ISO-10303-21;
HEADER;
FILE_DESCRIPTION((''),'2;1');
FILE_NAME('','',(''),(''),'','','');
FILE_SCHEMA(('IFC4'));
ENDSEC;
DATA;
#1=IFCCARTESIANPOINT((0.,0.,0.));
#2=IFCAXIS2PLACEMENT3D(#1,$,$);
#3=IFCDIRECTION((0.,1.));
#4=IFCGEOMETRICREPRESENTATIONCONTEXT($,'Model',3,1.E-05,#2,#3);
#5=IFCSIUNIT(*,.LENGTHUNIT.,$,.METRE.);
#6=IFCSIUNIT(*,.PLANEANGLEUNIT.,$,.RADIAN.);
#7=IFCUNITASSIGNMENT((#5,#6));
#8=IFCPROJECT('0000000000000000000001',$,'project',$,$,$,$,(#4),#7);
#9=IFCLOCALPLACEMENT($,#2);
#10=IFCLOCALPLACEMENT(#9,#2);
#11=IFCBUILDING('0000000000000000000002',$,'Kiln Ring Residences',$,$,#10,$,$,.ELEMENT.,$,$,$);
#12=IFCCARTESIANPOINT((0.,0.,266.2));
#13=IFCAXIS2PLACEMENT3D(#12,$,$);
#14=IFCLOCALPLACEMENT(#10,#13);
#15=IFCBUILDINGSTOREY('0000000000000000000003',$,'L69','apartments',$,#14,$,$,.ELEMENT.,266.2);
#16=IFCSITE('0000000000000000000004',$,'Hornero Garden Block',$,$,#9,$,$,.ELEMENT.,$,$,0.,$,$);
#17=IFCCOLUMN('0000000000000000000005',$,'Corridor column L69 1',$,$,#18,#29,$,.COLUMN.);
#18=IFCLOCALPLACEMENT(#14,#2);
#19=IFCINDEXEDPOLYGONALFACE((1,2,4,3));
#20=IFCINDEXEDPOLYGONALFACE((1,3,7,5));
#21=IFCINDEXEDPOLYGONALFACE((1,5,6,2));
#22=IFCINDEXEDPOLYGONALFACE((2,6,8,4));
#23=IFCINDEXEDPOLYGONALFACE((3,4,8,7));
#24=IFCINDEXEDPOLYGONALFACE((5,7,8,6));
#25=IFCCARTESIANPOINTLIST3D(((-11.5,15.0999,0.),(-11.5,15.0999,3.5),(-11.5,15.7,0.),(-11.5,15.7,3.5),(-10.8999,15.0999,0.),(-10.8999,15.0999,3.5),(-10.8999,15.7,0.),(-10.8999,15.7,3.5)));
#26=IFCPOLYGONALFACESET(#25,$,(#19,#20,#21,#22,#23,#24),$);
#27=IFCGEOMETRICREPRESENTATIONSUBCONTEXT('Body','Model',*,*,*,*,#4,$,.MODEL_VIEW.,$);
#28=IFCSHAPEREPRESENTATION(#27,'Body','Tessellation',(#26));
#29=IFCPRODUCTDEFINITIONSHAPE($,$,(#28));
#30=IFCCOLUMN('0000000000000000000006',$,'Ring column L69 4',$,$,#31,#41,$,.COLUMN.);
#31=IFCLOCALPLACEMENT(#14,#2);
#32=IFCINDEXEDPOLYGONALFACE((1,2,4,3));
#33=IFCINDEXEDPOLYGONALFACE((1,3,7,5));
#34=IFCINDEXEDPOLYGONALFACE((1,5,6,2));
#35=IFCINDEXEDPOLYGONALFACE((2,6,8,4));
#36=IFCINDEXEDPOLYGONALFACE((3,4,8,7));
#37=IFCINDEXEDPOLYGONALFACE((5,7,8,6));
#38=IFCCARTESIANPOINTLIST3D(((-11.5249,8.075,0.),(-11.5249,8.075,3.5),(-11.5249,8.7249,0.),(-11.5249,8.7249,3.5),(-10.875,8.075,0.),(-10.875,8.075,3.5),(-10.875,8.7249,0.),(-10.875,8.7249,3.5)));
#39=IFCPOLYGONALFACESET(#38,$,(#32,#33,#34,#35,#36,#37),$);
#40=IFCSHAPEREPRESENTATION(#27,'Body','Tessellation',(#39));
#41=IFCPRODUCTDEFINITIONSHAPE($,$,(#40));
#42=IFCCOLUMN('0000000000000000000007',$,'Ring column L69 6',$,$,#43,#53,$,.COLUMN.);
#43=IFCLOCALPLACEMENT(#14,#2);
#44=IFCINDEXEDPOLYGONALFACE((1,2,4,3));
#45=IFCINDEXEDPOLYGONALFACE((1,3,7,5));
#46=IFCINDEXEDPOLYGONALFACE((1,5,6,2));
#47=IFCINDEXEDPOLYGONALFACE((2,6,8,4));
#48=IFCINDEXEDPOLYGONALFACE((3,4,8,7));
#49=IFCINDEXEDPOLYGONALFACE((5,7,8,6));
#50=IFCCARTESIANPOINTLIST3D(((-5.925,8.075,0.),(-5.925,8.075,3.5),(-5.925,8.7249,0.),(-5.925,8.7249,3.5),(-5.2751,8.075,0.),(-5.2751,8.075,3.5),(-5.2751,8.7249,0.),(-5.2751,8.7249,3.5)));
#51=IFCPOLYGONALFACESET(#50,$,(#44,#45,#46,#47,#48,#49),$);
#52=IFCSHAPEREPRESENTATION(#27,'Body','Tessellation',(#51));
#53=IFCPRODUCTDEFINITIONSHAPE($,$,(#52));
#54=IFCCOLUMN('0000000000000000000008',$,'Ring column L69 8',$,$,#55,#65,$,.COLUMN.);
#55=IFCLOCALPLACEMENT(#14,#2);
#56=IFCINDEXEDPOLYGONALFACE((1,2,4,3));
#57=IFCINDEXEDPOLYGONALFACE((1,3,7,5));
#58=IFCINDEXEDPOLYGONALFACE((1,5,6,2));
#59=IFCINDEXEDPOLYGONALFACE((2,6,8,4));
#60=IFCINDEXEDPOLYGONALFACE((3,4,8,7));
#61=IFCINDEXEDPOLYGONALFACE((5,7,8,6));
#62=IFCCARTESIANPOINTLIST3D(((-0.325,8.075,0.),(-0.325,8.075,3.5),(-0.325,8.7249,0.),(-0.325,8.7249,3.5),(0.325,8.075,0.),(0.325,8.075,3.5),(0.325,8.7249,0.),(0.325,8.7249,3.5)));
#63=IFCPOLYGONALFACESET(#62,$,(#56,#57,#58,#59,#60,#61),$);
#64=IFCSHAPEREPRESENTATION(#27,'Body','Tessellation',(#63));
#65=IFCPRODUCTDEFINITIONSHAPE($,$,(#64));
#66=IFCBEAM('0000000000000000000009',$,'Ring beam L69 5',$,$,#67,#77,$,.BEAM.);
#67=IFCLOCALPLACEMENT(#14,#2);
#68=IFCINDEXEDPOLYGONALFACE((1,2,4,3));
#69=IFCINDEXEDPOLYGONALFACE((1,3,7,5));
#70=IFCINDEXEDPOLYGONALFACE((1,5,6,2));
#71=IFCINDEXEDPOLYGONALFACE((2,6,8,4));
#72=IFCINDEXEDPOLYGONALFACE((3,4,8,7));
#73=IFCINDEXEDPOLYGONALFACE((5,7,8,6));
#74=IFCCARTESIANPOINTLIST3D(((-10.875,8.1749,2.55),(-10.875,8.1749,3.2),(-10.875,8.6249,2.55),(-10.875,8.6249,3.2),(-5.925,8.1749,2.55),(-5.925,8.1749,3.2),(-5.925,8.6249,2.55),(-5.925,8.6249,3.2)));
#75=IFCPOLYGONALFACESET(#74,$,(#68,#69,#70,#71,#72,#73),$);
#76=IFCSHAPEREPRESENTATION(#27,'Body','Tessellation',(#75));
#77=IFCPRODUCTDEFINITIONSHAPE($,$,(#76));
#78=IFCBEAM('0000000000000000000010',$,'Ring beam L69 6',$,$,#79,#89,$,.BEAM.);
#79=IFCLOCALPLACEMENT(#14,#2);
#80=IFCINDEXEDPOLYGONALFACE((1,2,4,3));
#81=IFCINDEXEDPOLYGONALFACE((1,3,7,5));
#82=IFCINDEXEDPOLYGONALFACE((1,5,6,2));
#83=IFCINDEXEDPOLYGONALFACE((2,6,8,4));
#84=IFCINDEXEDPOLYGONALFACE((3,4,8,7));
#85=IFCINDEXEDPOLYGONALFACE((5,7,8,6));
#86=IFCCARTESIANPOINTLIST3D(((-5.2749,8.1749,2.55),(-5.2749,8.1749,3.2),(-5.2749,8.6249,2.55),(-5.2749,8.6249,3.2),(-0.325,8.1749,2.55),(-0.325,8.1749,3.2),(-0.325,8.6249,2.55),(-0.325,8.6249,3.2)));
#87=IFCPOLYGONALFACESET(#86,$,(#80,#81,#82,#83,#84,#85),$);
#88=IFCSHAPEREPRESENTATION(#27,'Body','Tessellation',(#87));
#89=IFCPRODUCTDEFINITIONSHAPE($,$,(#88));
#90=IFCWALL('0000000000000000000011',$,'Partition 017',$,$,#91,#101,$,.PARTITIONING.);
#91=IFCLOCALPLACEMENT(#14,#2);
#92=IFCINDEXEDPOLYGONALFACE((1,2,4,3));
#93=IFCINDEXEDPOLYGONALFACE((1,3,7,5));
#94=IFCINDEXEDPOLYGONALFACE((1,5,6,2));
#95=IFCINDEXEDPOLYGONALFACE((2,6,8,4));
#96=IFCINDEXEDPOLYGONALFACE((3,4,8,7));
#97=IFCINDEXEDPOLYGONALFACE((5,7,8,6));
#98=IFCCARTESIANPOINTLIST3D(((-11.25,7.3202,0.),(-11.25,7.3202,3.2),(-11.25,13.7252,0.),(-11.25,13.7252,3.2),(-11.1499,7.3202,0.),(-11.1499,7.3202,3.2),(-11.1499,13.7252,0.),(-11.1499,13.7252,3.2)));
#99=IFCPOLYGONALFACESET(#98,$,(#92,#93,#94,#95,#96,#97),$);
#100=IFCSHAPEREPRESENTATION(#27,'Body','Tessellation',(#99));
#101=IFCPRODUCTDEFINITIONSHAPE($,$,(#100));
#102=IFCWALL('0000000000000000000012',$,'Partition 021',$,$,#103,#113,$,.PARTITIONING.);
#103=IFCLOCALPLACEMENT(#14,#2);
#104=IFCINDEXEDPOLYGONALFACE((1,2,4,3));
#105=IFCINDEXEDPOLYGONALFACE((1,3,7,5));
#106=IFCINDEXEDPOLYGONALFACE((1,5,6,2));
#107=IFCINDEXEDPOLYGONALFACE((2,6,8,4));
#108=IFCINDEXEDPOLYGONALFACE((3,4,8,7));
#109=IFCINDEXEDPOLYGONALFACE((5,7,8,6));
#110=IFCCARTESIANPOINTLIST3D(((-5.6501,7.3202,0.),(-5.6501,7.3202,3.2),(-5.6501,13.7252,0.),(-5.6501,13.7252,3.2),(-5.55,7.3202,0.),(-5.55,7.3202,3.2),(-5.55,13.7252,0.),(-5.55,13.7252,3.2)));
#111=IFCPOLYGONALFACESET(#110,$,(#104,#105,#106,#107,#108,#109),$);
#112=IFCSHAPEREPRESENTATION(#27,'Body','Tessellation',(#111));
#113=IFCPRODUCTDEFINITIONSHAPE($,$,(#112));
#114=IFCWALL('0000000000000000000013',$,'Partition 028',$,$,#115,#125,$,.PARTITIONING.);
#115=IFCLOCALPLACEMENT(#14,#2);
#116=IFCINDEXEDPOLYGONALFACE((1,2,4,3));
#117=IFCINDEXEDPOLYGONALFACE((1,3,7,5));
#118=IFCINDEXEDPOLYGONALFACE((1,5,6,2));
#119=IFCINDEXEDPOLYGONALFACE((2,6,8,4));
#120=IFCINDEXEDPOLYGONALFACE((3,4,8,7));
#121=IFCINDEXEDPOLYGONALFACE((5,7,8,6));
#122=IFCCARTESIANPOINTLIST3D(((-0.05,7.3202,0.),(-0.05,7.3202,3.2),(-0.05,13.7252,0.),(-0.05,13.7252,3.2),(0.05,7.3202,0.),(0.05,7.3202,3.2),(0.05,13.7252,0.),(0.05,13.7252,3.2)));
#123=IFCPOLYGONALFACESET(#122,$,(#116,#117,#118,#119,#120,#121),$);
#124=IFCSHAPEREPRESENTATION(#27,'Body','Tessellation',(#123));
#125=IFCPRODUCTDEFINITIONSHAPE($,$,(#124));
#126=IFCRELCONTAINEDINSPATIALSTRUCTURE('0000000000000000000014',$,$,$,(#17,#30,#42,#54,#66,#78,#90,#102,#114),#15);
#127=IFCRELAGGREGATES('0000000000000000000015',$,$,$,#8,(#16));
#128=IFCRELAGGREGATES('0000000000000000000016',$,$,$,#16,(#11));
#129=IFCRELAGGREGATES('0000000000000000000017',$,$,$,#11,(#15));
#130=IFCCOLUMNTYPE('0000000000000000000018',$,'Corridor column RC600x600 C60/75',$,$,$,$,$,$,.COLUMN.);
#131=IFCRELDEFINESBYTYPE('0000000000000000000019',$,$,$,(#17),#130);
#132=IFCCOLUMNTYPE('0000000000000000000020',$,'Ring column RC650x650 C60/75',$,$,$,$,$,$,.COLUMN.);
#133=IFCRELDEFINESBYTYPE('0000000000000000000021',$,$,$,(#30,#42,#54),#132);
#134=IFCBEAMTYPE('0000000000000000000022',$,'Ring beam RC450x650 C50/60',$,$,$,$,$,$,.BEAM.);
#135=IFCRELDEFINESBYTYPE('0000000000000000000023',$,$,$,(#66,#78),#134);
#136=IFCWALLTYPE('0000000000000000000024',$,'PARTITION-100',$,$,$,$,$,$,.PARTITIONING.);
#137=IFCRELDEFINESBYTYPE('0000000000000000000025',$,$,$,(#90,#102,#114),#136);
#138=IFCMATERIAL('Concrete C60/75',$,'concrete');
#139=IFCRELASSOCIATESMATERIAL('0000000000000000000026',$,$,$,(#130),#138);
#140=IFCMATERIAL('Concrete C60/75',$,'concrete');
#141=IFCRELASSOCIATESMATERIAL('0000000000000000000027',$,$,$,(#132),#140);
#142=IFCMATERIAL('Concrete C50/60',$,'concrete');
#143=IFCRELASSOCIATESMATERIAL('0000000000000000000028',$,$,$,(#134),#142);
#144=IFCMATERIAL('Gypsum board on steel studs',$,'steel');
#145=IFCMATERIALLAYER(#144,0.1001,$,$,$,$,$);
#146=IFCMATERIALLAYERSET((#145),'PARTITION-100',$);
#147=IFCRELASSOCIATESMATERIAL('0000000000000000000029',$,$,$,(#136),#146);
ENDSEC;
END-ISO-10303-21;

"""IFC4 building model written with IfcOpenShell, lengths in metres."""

from ifc_helpers import new_model, si_unit, direction, frame, frame_2d, origin, origin_2d, place, context, subcontext, project, spatial, rectangle, extrude, material, layer, layer_set, material_profile, profile_set, type_object, element, save


model = new_model("IFC4")

# Units and contexts
model_context = context("Model", 3, precision=1e-05, world=origin(), true_north=direction((0.0, 1.0)))
body_context = subcontext(model_context, "Body", "Model", "MODEL_VIEW")
ifc_project = project(units=[si_unit("LENGTHUNIT", "METRE"), si_unit("PLANEANGLEUNIT", "RADIAN")], contexts=[model_context])

# Site, building, storey
site_placement = place(None, origin())
site = spatial("IfcSite", under=ifc_project, at=site_placement, Name="Hornero Garden Block", CompositionType="ELEMENT", RefElevation=0.0)
building_placement = place(site_placement, origin())
building = spatial("IfcBuilding", under=site, at=building_placement, Name="Kiln Ring Residences", CompositionType="ELEMENT")
storey_placement = place(building_placement, frame((0.0, 0.0, 266.2)))
storey = spatial("IfcBuildingStorey", under=building, at=storey_placement, Name="L69", Description="apartments", CompositionType="ELEMENT", Elevation=266.2)

# Columns
ifc_material_1 = material(Name="Concrete C60/75", Category="concrete")
ifc_material_profile_1 = material_profile(ifc_material_1, rectangle(XDim=0.6001, YDim=0.6001, at=origin_2d()), Name="RC600x600")
ifc_profile_set_1 = profile_set([ifc_material_profile_1], Name="Concrete C60/75")
column_type_1 = type_object("IfcColumnType", Name="Corridor column RC600x600 C60/75", PredefinedType="COLUMN", material=ifc_profile_set_1)
column_placement = place(storey_placement, frame((-11.2, 15.3999, 0.0), z_axis=(0.0, 0.0, 1.0), x_axis=(1.0, 0.0, 0.0)))
element("IfcColumn", 1, at=column_placement, inside=storey, type_object=column_type_1, Name="Corridor column L69 1", PredefinedType="COLUMN", context=body_context, shape_type="SweptSolid", body=[
    extrude(rectangle(XDim=0.6001, YDim=0.6001, at=origin_2d()), origin(), (0.0, 0.0, 1.0), 3.5),
])
ifc_material_2 = material(Name="Concrete C60/75", Category="concrete")
ifc_material_profile_2 = material_profile(ifc_material_2, rectangle(XDim=0.6499, YDim=0.6499, at=origin_2d()), Name="RC650x650")
ifc_profile_set_2 = profile_set([ifc_material_profile_2], Name="Concrete C60/75")
column_type_2 = type_object("IfcColumnType", Name="Ring column RC650x650 C60/75", PredefinedType="COLUMN", material=ifc_profile_set_2)
for number, where, z_axis, x_axis, name in (
    (2, (-11.2, 8.3999, 0.0), (0.0, 0.0, 1.0), (1.0, 0.0, 0.0), "Ring column L69 4"),
    (3, (-5.6001, 8.3999, 0.0), (0.0, 0.0, 1.0), (1.0, 0.0, 0.0), "Ring column L69 6"),
    (4, (0.0, 8.3999, 0.0), (0.0, 0.0, 1.0), (1.0, 0.0, 0.0), "Ring column L69 8"),
):
    element("IfcColumn", number, at=place(storey_placement, frame(where, z_axis=z_axis, x_axis=x_axis)), inside=storey, type_object=column_type_2, Name=name, PredefinedType="COLUMN", context=body_context, shape_type="SweptSolid", body=[
        extrude(rectangle(XDim=0.6499, YDim=0.6499, at=origin_2d()), origin(), (0.0, 0.0, 1.0), 3.5),
    ])

# Beams
ifc_material_3 = material(Name="Concrete C50/60", Category="concrete")
ifc_material_profile_3 = material_profile(ifc_material_3, rectangle(XDim=0.45, YDim=0.6499, at=origin_2d()), Name="RC450x650")
ifc_profile_set_3 = profile_set([ifc_material_profile_3], Name="Concrete C50/60")
beam_type = type_object("IfcBeamType", Name="Ring beam RC450x650 C50/60", PredefinedType="BEAM", material=ifc_profile_set_3)
for number, where, z_axis, x_axis, name in (
    (5, (-10.875, 8.3999, 2.875), (1.0, 0.0, 0.0), (0.0, 1.0, 0.0), "Ring beam L69 5"),
    (6, (-5.2749, 8.3999, 2.875), (1.0, 0.0, 0.0), (0.0, 1.0, 0.0), "Ring beam L69 6"),
):
    element("IfcBeam", number, at=place(storey_placement, frame(where, z_axis=z_axis, x_axis=x_axis)), inside=storey, type_object=beam_type, Name=name, PredefinedType="BEAM", context=body_context, shape_type="SweptSolid", body=[
        extrude(rectangle(XDim=0.45, YDim=0.6499, at=origin_2d()), origin(), (0.0, 0.0, 1.0), 4.95),
    ])

# Walls
ifc_material_4 = material(Name="Gypsum board on steel studs", Category="steel")
ifc_layer_1 = layer(ifc_material_4, 0.1001)
ifc_layer_set_1 = layer_set([ifc_layer_1], Name="PARTITION-100")
wall_type_1 = type_object("IfcWallType", Name="PARTITION-100", PredefinedType="PARTITIONING", material=ifc_layer_set_1)
for number, where, z_axis, x_axis, name in (
    (7, (-11.2, 7.3201, 0.0), (0.0, 0.0, 1.0), (0.0, 1.0, 0.0), "Partition 017"),
    (8, (-5.6001, 7.3201, 0.0), (0.0, 0.0, 1.0), (0.0, 1.0, 0.0), "Partition 021"),
    (9, (0.0, 7.3201, 0.0), (0.0, 0.0, 1.0), (0.0, 1.0, 0.0), "Partition 028"),
):
    element("IfcWall", number, at=place(storey_placement, frame(where, z_axis=z_axis, x_axis=x_axis)), inside=storey, type_object=wall_type_1, Name=name, PredefinedType="PARTITIONING", context=body_context, shape_type="SweptSolid", body=[
        extrude(rectangle(XDim=6.405, YDim=0.1001, at=frame_2d((3.2026, 0.0))), origin(), (0.0, 0.0, 1.0), 3.2),
    ])

save(model, "model.ifc")
